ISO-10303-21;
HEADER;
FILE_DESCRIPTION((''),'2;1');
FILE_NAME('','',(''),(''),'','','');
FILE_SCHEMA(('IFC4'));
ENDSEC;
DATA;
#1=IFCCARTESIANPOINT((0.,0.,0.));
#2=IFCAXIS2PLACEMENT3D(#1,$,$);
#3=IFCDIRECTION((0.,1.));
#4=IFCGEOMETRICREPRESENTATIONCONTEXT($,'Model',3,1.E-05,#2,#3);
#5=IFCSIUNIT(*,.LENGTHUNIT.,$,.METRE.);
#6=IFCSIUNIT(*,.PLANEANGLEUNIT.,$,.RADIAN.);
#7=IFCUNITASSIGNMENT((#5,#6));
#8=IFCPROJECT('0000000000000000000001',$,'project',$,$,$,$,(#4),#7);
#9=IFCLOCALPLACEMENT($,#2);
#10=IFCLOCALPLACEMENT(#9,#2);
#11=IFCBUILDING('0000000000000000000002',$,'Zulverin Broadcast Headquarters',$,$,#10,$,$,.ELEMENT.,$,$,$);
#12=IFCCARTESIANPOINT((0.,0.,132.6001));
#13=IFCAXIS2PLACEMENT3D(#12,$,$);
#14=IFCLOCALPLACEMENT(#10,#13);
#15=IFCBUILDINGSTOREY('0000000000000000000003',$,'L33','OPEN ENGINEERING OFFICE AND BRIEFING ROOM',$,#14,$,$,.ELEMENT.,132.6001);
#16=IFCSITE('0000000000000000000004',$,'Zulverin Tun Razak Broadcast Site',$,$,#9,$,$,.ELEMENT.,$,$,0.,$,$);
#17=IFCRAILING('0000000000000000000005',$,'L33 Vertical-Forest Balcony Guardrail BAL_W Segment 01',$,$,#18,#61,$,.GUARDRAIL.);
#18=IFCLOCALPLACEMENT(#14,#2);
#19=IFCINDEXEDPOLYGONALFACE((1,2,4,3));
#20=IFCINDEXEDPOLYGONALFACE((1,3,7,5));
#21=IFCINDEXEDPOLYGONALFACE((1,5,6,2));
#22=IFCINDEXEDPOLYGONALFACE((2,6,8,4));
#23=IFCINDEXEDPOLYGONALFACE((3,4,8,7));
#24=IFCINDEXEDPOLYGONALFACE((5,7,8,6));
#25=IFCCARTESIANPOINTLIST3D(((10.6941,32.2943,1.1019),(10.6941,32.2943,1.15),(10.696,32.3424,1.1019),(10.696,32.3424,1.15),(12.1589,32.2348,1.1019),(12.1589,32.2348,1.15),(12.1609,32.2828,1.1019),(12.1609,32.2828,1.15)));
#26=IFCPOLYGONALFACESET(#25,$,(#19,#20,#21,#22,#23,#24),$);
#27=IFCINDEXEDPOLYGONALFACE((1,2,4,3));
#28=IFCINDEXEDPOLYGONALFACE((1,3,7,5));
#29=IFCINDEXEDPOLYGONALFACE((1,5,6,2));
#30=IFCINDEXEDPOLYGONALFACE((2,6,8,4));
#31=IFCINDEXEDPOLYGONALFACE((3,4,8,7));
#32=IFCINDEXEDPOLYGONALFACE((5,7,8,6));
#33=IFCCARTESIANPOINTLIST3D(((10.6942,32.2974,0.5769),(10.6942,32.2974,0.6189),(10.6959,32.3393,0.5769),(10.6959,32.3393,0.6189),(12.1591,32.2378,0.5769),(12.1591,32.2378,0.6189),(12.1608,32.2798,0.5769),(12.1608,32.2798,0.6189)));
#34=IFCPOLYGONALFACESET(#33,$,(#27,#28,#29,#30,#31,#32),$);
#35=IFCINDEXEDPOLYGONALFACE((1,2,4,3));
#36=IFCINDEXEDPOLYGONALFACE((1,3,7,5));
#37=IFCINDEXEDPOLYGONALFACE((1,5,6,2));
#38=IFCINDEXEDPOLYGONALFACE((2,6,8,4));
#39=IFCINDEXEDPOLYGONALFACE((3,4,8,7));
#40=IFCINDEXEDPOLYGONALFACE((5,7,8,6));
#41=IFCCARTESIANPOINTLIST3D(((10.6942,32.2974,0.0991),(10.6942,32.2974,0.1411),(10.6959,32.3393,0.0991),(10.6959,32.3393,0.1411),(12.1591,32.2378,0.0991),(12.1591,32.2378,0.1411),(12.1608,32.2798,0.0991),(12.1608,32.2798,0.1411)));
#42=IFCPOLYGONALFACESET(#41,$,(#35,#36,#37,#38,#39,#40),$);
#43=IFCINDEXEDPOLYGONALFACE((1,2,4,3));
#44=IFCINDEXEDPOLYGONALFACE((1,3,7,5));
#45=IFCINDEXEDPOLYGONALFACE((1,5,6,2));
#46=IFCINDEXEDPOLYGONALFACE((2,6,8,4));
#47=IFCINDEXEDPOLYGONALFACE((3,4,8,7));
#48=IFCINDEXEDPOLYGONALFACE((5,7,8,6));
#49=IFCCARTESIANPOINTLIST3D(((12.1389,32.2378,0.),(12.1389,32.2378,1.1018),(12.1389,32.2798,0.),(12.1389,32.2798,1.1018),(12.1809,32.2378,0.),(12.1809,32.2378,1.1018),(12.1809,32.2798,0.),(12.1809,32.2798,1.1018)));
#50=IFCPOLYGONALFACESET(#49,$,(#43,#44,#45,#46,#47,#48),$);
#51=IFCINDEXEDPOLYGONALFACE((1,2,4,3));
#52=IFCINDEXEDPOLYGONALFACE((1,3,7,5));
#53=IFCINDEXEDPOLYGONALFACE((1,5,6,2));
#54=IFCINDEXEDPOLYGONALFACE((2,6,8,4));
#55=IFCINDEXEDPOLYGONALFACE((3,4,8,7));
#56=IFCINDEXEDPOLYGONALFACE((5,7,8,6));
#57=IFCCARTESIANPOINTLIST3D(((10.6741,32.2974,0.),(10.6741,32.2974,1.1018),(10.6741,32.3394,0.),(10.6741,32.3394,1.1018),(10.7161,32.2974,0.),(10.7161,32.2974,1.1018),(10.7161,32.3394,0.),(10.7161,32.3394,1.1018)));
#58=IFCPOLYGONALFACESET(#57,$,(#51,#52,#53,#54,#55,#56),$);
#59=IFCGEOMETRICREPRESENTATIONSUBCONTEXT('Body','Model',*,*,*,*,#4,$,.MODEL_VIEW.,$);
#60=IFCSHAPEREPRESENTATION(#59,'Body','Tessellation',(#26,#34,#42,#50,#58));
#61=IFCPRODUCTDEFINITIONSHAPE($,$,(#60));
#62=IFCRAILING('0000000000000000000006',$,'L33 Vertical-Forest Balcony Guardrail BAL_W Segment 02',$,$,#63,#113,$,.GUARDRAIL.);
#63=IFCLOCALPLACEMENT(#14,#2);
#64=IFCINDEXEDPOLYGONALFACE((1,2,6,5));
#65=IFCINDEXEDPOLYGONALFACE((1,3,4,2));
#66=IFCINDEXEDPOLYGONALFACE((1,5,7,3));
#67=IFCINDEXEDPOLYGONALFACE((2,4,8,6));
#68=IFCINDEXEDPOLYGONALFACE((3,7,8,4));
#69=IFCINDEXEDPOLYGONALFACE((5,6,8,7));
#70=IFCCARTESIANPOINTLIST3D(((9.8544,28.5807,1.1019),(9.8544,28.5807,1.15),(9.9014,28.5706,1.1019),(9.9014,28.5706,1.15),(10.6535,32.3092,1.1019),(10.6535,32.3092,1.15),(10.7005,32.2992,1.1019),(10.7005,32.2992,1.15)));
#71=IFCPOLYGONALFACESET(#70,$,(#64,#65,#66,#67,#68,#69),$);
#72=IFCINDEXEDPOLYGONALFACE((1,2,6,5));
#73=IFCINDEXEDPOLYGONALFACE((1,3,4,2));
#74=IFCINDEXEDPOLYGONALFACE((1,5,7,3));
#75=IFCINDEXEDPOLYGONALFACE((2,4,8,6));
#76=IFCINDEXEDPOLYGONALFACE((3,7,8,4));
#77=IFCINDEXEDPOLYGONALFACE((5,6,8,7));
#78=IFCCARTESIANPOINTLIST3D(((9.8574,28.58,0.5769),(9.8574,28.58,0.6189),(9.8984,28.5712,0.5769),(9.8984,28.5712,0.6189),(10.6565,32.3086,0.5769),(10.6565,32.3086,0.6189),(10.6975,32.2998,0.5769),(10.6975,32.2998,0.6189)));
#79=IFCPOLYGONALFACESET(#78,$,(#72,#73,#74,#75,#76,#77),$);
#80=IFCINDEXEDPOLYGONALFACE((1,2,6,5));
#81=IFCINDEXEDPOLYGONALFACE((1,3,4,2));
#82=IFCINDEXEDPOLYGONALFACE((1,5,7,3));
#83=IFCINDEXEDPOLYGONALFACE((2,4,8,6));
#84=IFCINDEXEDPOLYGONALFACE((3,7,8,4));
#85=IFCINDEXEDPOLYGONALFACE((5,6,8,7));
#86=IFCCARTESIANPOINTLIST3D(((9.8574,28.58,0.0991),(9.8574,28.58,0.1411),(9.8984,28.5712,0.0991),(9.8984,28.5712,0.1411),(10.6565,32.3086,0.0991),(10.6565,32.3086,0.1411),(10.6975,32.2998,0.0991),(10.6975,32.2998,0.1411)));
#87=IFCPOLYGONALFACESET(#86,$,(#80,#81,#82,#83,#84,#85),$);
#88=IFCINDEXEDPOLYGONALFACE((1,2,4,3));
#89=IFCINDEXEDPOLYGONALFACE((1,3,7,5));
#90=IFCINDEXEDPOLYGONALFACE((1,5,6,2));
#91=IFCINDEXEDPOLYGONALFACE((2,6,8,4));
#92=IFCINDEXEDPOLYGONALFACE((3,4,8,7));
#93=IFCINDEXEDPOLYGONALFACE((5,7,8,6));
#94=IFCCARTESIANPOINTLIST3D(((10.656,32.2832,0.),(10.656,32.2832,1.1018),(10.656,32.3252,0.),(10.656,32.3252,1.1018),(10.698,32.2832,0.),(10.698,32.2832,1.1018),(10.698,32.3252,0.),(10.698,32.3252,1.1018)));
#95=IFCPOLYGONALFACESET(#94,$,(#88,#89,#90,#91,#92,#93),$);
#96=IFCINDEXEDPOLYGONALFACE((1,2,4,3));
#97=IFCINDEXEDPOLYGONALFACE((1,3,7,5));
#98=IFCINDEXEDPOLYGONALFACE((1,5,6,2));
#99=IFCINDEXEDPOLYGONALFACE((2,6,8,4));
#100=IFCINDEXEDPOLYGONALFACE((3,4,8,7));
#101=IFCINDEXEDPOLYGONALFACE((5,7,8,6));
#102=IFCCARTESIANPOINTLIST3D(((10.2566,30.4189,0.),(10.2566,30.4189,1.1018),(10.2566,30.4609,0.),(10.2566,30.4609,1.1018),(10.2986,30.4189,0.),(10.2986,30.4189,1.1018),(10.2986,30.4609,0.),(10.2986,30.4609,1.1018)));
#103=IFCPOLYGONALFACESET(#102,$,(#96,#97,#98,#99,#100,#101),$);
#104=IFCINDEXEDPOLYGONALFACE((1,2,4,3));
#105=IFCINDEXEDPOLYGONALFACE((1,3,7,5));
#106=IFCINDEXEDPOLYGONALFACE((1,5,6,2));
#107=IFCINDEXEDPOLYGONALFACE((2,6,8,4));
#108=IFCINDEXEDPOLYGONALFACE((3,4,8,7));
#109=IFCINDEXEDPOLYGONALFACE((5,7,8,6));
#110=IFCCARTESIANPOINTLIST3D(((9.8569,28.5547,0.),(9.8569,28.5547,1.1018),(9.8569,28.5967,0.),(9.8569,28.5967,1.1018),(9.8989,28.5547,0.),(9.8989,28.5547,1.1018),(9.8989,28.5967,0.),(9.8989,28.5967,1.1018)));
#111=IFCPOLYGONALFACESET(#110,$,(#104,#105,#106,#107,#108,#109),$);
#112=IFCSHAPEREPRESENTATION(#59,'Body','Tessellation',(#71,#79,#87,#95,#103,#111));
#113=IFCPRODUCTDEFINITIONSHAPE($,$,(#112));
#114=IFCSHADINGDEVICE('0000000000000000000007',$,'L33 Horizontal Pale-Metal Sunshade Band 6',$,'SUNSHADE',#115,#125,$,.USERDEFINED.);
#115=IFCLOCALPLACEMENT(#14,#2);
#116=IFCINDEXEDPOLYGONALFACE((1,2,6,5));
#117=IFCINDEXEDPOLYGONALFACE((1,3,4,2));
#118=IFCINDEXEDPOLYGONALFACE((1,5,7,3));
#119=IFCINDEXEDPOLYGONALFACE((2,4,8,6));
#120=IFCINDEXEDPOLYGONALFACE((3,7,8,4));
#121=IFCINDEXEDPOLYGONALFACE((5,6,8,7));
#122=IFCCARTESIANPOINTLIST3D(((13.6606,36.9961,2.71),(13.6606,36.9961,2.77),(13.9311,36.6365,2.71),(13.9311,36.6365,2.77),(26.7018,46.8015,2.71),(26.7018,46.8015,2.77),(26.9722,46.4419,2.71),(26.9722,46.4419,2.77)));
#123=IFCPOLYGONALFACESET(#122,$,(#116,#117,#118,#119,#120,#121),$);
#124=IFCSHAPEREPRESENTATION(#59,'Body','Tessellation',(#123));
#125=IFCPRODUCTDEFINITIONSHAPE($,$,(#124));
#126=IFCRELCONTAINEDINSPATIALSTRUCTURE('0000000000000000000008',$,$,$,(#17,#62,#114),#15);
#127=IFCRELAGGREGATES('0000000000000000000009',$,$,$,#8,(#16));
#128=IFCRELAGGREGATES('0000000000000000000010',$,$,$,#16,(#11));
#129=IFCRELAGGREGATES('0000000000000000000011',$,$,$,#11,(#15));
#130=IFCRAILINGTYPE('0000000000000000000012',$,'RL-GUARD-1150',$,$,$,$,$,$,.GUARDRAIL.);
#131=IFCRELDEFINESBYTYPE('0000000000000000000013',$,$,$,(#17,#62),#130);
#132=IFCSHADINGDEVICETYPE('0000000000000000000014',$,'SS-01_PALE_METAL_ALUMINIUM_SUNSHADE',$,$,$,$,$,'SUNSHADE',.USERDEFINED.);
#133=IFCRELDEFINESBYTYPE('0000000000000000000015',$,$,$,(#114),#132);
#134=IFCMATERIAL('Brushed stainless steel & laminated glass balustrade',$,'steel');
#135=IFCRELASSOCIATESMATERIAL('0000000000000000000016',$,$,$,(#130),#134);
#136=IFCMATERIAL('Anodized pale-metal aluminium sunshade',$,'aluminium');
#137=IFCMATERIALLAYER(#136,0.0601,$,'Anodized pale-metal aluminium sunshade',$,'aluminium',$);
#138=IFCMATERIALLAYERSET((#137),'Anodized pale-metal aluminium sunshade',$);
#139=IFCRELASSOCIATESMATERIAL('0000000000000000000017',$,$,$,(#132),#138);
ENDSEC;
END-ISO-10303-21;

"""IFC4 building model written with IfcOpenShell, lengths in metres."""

from ifc_helpers import new_model, si_unit, direction, frame, origin, origin_2d, place, context, subcontext, project, spatial, rectangle, extrude, material, layer, layer_set, type_object, element, save


model = new_model("IFC4")

# Units and contexts
model_context = context("Model", 3, precision=1e-05, world=origin(), true_north=direction((0.0, 1.0)))
body_context = subcontext(model_context, "Body", "Model", "MODEL_VIEW")
ifc_project = project(units=[si_unit("LENGTHUNIT", "METRE"), si_unit("PLANEANGLEUNIT", "RADIAN")], contexts=[model_context])

# Site, building, storey
site_placement = place(None, origin())
site = spatial("IfcSite", under=ifc_project, at=site_placement, Name="Zulverin Tun Razak Broadcast Site", CompositionType="ELEMENT", RefElevation=0.0)
building_placement = place(site_placement, origin())
building = spatial("IfcBuilding", under=site, at=building_placement, Name="Zulverin Broadcast Headquarters", CompositionType="ELEMENT")
storey_placement = place(building_placement, frame((0.0, 0.0, 132.6001)))
storey = spatial("IfcBuildingStorey", under=building, at=storey_placement, Name="L33", Description="OPEN ENGINEERING OFFICE AND BRIEFING ROOM", CompositionType="ELEMENT", Elevation=132.6001)

# Railings
ifc_material_1 = material(Name="Brushed stainless steel & laminated glass balustrade", Category="steel")
railing_type = type_object("IfcRailingType", Name="RL-GUARD-1150", PredefinedType="GUARDRAIL", material=ifc_material_1)
railing_1_placement = place(storey_placement, frame((12.1599, 32.2588, 0.0)))
element("IfcRailing", 1, at=railing_1_placement, inside=storey, type_object=railing_type, Name="L33 Vertical-Forest Balcony Guardrail BAL_W Segment 01", PredefinedType="GUARDRAIL", context=body_context, shape_type="SweptSolid", body=[
    extrude(rectangle(XDim=0.0481, YDim=0.0481, at=origin_2d()), frame((0.0, 0.0, 1.126), z_axis=(-0.999174, 0.040633, 0.0), x_axis=(-0.040633, -0.999174, 0.0)), (0.0, 0.0, 1.0), 1.4661),
    extrude(rectangle(XDim=0.042, YDim=0.042, at=origin_2d()), frame((0.0, 0.0, 0.5979), z_axis=(-0.999174, 0.040633, 0.0), x_axis=(-0.040633, -0.999174, 0.0)), (0.0, 0.0, 1.0), 1.4661),
    extrude(rectangle(XDim=0.042, YDim=0.042, at=origin_2d()), frame((0.0, 0.0, 0.1201), z_axis=(-0.999174, 0.040633, 0.0), x_axis=(-0.040633, -0.999174, 0.0)), (0.0, 0.0, 1.0), 1.4661),
    extrude(rectangle(XDim=0.042, YDim=0.042, at=origin_2d()), origin(), (0.0, 0.0, 1.0), 1.1018),
    extrude(rectangle(XDim=0.042, YDim=0.042, at=origin_2d()), frame((-1.4648, 0.0596, 0.0)), (0.0, 0.0, 1.0), 1.1018),
])
railing_2_placement = place(storey_placement, frame((10.677, 32.3042, 0.0)))
element("IfcRailing", 2, at=railing_2_placement, inside=storey, type_object=railing_type, Name="L33 Vertical-Forest Balcony Guardrail BAL_W Segment 02", PredefinedType="GUARDRAIL", context=body_context, shape_type="SweptSolid", body=[
    extrude(rectangle(XDim=0.0481, YDim=0.0481, at=origin_2d()), frame((0.0, 0.0, 1.126), z_axis=(-0.209555, -0.977797, 0.0), x_axis=(0.977797, -0.209555, 0.0)), (0.0, 0.0, 1.0), 3.8132),
    extrude(rectangle(XDim=0.042, YDim=0.042, at=origin_2d()), frame((0.0, 0.0, 0.5979), z_axis=(-0.209555, -0.977797, 0.0), x_axis=(0.977797, -0.209555, 0.0)), (0.0, 0.0, 1.0), 3.8132),
    extrude(rectangle(XDim=0.042, YDim=0.042, at=origin_2d()), frame((0.0, 0.0, 0.1201), z_axis=(-0.209555, -0.977797, 0.0), x_axis=(0.977797, -0.209555, 0.0)), (0.0, 0.0, 1.0), 3.8132),
    extrude(rectangle(XDim=0.042, YDim=0.042, at=origin_2d()), origin(), (0.0, 0.0, 1.0), 1.1018),
    extrude(rectangle(XDim=0.042, YDim=0.042, at=origin_2d()), frame((-0.3994, -1.8643, 0.0)), (0.0, 0.0, 1.0), 1.1018),
    extrude(rectangle(XDim=0.042, YDim=0.042, at=origin_2d()), frame((-0.7991, -3.7285, 0.0)), (0.0, 0.0, 1.0), 1.1018),
])

# Shading device
ifc_material_2 = material(Name="Anodized pale-metal aluminium sunshade", Category="aluminium")
ifc_layer_1 = layer(ifc_material_2, 0.0601, Name="Anodized pale-metal aluminium sunshade", Category="aluminium")
ifc_layer_set_1 = layer_set([ifc_layer_1], Name="Anodized pale-metal aluminium sunshade")
shading_device_type = type_object("IfcShadingDeviceType", Name="SS-01_PALE_METAL_ALUMINIUM_SUNSHADE", ElementType="SUNSHADE", PredefinedType="USERDEFINED", material=ifc_layer_set_1)
shading_device_placement = place(storey_placement, frame((20.3164, 41.719, 2.71), z_axis=(0.0, 0.0, 1.0), x_axis=(-0.799276, -0.600964, 0.0)))
element("IfcShadingDevice", 3, at=shading_device_placement, inside=storey, type_object=shading_device_type, Name="L33 Horizontal Pale-Metal Sunshade Band 6", ObjectType="SUNSHADE", PredefinedType="USERDEFINED", context=body_context, shape_type="SweptSolid", body=[
    extrude(rectangle(XDim=16.3162, YDim=0.45, at=origin_2d()), origin(), (0.0, 0.0, 1.0), 0.0601),
])

save(model, "model.ifc")
